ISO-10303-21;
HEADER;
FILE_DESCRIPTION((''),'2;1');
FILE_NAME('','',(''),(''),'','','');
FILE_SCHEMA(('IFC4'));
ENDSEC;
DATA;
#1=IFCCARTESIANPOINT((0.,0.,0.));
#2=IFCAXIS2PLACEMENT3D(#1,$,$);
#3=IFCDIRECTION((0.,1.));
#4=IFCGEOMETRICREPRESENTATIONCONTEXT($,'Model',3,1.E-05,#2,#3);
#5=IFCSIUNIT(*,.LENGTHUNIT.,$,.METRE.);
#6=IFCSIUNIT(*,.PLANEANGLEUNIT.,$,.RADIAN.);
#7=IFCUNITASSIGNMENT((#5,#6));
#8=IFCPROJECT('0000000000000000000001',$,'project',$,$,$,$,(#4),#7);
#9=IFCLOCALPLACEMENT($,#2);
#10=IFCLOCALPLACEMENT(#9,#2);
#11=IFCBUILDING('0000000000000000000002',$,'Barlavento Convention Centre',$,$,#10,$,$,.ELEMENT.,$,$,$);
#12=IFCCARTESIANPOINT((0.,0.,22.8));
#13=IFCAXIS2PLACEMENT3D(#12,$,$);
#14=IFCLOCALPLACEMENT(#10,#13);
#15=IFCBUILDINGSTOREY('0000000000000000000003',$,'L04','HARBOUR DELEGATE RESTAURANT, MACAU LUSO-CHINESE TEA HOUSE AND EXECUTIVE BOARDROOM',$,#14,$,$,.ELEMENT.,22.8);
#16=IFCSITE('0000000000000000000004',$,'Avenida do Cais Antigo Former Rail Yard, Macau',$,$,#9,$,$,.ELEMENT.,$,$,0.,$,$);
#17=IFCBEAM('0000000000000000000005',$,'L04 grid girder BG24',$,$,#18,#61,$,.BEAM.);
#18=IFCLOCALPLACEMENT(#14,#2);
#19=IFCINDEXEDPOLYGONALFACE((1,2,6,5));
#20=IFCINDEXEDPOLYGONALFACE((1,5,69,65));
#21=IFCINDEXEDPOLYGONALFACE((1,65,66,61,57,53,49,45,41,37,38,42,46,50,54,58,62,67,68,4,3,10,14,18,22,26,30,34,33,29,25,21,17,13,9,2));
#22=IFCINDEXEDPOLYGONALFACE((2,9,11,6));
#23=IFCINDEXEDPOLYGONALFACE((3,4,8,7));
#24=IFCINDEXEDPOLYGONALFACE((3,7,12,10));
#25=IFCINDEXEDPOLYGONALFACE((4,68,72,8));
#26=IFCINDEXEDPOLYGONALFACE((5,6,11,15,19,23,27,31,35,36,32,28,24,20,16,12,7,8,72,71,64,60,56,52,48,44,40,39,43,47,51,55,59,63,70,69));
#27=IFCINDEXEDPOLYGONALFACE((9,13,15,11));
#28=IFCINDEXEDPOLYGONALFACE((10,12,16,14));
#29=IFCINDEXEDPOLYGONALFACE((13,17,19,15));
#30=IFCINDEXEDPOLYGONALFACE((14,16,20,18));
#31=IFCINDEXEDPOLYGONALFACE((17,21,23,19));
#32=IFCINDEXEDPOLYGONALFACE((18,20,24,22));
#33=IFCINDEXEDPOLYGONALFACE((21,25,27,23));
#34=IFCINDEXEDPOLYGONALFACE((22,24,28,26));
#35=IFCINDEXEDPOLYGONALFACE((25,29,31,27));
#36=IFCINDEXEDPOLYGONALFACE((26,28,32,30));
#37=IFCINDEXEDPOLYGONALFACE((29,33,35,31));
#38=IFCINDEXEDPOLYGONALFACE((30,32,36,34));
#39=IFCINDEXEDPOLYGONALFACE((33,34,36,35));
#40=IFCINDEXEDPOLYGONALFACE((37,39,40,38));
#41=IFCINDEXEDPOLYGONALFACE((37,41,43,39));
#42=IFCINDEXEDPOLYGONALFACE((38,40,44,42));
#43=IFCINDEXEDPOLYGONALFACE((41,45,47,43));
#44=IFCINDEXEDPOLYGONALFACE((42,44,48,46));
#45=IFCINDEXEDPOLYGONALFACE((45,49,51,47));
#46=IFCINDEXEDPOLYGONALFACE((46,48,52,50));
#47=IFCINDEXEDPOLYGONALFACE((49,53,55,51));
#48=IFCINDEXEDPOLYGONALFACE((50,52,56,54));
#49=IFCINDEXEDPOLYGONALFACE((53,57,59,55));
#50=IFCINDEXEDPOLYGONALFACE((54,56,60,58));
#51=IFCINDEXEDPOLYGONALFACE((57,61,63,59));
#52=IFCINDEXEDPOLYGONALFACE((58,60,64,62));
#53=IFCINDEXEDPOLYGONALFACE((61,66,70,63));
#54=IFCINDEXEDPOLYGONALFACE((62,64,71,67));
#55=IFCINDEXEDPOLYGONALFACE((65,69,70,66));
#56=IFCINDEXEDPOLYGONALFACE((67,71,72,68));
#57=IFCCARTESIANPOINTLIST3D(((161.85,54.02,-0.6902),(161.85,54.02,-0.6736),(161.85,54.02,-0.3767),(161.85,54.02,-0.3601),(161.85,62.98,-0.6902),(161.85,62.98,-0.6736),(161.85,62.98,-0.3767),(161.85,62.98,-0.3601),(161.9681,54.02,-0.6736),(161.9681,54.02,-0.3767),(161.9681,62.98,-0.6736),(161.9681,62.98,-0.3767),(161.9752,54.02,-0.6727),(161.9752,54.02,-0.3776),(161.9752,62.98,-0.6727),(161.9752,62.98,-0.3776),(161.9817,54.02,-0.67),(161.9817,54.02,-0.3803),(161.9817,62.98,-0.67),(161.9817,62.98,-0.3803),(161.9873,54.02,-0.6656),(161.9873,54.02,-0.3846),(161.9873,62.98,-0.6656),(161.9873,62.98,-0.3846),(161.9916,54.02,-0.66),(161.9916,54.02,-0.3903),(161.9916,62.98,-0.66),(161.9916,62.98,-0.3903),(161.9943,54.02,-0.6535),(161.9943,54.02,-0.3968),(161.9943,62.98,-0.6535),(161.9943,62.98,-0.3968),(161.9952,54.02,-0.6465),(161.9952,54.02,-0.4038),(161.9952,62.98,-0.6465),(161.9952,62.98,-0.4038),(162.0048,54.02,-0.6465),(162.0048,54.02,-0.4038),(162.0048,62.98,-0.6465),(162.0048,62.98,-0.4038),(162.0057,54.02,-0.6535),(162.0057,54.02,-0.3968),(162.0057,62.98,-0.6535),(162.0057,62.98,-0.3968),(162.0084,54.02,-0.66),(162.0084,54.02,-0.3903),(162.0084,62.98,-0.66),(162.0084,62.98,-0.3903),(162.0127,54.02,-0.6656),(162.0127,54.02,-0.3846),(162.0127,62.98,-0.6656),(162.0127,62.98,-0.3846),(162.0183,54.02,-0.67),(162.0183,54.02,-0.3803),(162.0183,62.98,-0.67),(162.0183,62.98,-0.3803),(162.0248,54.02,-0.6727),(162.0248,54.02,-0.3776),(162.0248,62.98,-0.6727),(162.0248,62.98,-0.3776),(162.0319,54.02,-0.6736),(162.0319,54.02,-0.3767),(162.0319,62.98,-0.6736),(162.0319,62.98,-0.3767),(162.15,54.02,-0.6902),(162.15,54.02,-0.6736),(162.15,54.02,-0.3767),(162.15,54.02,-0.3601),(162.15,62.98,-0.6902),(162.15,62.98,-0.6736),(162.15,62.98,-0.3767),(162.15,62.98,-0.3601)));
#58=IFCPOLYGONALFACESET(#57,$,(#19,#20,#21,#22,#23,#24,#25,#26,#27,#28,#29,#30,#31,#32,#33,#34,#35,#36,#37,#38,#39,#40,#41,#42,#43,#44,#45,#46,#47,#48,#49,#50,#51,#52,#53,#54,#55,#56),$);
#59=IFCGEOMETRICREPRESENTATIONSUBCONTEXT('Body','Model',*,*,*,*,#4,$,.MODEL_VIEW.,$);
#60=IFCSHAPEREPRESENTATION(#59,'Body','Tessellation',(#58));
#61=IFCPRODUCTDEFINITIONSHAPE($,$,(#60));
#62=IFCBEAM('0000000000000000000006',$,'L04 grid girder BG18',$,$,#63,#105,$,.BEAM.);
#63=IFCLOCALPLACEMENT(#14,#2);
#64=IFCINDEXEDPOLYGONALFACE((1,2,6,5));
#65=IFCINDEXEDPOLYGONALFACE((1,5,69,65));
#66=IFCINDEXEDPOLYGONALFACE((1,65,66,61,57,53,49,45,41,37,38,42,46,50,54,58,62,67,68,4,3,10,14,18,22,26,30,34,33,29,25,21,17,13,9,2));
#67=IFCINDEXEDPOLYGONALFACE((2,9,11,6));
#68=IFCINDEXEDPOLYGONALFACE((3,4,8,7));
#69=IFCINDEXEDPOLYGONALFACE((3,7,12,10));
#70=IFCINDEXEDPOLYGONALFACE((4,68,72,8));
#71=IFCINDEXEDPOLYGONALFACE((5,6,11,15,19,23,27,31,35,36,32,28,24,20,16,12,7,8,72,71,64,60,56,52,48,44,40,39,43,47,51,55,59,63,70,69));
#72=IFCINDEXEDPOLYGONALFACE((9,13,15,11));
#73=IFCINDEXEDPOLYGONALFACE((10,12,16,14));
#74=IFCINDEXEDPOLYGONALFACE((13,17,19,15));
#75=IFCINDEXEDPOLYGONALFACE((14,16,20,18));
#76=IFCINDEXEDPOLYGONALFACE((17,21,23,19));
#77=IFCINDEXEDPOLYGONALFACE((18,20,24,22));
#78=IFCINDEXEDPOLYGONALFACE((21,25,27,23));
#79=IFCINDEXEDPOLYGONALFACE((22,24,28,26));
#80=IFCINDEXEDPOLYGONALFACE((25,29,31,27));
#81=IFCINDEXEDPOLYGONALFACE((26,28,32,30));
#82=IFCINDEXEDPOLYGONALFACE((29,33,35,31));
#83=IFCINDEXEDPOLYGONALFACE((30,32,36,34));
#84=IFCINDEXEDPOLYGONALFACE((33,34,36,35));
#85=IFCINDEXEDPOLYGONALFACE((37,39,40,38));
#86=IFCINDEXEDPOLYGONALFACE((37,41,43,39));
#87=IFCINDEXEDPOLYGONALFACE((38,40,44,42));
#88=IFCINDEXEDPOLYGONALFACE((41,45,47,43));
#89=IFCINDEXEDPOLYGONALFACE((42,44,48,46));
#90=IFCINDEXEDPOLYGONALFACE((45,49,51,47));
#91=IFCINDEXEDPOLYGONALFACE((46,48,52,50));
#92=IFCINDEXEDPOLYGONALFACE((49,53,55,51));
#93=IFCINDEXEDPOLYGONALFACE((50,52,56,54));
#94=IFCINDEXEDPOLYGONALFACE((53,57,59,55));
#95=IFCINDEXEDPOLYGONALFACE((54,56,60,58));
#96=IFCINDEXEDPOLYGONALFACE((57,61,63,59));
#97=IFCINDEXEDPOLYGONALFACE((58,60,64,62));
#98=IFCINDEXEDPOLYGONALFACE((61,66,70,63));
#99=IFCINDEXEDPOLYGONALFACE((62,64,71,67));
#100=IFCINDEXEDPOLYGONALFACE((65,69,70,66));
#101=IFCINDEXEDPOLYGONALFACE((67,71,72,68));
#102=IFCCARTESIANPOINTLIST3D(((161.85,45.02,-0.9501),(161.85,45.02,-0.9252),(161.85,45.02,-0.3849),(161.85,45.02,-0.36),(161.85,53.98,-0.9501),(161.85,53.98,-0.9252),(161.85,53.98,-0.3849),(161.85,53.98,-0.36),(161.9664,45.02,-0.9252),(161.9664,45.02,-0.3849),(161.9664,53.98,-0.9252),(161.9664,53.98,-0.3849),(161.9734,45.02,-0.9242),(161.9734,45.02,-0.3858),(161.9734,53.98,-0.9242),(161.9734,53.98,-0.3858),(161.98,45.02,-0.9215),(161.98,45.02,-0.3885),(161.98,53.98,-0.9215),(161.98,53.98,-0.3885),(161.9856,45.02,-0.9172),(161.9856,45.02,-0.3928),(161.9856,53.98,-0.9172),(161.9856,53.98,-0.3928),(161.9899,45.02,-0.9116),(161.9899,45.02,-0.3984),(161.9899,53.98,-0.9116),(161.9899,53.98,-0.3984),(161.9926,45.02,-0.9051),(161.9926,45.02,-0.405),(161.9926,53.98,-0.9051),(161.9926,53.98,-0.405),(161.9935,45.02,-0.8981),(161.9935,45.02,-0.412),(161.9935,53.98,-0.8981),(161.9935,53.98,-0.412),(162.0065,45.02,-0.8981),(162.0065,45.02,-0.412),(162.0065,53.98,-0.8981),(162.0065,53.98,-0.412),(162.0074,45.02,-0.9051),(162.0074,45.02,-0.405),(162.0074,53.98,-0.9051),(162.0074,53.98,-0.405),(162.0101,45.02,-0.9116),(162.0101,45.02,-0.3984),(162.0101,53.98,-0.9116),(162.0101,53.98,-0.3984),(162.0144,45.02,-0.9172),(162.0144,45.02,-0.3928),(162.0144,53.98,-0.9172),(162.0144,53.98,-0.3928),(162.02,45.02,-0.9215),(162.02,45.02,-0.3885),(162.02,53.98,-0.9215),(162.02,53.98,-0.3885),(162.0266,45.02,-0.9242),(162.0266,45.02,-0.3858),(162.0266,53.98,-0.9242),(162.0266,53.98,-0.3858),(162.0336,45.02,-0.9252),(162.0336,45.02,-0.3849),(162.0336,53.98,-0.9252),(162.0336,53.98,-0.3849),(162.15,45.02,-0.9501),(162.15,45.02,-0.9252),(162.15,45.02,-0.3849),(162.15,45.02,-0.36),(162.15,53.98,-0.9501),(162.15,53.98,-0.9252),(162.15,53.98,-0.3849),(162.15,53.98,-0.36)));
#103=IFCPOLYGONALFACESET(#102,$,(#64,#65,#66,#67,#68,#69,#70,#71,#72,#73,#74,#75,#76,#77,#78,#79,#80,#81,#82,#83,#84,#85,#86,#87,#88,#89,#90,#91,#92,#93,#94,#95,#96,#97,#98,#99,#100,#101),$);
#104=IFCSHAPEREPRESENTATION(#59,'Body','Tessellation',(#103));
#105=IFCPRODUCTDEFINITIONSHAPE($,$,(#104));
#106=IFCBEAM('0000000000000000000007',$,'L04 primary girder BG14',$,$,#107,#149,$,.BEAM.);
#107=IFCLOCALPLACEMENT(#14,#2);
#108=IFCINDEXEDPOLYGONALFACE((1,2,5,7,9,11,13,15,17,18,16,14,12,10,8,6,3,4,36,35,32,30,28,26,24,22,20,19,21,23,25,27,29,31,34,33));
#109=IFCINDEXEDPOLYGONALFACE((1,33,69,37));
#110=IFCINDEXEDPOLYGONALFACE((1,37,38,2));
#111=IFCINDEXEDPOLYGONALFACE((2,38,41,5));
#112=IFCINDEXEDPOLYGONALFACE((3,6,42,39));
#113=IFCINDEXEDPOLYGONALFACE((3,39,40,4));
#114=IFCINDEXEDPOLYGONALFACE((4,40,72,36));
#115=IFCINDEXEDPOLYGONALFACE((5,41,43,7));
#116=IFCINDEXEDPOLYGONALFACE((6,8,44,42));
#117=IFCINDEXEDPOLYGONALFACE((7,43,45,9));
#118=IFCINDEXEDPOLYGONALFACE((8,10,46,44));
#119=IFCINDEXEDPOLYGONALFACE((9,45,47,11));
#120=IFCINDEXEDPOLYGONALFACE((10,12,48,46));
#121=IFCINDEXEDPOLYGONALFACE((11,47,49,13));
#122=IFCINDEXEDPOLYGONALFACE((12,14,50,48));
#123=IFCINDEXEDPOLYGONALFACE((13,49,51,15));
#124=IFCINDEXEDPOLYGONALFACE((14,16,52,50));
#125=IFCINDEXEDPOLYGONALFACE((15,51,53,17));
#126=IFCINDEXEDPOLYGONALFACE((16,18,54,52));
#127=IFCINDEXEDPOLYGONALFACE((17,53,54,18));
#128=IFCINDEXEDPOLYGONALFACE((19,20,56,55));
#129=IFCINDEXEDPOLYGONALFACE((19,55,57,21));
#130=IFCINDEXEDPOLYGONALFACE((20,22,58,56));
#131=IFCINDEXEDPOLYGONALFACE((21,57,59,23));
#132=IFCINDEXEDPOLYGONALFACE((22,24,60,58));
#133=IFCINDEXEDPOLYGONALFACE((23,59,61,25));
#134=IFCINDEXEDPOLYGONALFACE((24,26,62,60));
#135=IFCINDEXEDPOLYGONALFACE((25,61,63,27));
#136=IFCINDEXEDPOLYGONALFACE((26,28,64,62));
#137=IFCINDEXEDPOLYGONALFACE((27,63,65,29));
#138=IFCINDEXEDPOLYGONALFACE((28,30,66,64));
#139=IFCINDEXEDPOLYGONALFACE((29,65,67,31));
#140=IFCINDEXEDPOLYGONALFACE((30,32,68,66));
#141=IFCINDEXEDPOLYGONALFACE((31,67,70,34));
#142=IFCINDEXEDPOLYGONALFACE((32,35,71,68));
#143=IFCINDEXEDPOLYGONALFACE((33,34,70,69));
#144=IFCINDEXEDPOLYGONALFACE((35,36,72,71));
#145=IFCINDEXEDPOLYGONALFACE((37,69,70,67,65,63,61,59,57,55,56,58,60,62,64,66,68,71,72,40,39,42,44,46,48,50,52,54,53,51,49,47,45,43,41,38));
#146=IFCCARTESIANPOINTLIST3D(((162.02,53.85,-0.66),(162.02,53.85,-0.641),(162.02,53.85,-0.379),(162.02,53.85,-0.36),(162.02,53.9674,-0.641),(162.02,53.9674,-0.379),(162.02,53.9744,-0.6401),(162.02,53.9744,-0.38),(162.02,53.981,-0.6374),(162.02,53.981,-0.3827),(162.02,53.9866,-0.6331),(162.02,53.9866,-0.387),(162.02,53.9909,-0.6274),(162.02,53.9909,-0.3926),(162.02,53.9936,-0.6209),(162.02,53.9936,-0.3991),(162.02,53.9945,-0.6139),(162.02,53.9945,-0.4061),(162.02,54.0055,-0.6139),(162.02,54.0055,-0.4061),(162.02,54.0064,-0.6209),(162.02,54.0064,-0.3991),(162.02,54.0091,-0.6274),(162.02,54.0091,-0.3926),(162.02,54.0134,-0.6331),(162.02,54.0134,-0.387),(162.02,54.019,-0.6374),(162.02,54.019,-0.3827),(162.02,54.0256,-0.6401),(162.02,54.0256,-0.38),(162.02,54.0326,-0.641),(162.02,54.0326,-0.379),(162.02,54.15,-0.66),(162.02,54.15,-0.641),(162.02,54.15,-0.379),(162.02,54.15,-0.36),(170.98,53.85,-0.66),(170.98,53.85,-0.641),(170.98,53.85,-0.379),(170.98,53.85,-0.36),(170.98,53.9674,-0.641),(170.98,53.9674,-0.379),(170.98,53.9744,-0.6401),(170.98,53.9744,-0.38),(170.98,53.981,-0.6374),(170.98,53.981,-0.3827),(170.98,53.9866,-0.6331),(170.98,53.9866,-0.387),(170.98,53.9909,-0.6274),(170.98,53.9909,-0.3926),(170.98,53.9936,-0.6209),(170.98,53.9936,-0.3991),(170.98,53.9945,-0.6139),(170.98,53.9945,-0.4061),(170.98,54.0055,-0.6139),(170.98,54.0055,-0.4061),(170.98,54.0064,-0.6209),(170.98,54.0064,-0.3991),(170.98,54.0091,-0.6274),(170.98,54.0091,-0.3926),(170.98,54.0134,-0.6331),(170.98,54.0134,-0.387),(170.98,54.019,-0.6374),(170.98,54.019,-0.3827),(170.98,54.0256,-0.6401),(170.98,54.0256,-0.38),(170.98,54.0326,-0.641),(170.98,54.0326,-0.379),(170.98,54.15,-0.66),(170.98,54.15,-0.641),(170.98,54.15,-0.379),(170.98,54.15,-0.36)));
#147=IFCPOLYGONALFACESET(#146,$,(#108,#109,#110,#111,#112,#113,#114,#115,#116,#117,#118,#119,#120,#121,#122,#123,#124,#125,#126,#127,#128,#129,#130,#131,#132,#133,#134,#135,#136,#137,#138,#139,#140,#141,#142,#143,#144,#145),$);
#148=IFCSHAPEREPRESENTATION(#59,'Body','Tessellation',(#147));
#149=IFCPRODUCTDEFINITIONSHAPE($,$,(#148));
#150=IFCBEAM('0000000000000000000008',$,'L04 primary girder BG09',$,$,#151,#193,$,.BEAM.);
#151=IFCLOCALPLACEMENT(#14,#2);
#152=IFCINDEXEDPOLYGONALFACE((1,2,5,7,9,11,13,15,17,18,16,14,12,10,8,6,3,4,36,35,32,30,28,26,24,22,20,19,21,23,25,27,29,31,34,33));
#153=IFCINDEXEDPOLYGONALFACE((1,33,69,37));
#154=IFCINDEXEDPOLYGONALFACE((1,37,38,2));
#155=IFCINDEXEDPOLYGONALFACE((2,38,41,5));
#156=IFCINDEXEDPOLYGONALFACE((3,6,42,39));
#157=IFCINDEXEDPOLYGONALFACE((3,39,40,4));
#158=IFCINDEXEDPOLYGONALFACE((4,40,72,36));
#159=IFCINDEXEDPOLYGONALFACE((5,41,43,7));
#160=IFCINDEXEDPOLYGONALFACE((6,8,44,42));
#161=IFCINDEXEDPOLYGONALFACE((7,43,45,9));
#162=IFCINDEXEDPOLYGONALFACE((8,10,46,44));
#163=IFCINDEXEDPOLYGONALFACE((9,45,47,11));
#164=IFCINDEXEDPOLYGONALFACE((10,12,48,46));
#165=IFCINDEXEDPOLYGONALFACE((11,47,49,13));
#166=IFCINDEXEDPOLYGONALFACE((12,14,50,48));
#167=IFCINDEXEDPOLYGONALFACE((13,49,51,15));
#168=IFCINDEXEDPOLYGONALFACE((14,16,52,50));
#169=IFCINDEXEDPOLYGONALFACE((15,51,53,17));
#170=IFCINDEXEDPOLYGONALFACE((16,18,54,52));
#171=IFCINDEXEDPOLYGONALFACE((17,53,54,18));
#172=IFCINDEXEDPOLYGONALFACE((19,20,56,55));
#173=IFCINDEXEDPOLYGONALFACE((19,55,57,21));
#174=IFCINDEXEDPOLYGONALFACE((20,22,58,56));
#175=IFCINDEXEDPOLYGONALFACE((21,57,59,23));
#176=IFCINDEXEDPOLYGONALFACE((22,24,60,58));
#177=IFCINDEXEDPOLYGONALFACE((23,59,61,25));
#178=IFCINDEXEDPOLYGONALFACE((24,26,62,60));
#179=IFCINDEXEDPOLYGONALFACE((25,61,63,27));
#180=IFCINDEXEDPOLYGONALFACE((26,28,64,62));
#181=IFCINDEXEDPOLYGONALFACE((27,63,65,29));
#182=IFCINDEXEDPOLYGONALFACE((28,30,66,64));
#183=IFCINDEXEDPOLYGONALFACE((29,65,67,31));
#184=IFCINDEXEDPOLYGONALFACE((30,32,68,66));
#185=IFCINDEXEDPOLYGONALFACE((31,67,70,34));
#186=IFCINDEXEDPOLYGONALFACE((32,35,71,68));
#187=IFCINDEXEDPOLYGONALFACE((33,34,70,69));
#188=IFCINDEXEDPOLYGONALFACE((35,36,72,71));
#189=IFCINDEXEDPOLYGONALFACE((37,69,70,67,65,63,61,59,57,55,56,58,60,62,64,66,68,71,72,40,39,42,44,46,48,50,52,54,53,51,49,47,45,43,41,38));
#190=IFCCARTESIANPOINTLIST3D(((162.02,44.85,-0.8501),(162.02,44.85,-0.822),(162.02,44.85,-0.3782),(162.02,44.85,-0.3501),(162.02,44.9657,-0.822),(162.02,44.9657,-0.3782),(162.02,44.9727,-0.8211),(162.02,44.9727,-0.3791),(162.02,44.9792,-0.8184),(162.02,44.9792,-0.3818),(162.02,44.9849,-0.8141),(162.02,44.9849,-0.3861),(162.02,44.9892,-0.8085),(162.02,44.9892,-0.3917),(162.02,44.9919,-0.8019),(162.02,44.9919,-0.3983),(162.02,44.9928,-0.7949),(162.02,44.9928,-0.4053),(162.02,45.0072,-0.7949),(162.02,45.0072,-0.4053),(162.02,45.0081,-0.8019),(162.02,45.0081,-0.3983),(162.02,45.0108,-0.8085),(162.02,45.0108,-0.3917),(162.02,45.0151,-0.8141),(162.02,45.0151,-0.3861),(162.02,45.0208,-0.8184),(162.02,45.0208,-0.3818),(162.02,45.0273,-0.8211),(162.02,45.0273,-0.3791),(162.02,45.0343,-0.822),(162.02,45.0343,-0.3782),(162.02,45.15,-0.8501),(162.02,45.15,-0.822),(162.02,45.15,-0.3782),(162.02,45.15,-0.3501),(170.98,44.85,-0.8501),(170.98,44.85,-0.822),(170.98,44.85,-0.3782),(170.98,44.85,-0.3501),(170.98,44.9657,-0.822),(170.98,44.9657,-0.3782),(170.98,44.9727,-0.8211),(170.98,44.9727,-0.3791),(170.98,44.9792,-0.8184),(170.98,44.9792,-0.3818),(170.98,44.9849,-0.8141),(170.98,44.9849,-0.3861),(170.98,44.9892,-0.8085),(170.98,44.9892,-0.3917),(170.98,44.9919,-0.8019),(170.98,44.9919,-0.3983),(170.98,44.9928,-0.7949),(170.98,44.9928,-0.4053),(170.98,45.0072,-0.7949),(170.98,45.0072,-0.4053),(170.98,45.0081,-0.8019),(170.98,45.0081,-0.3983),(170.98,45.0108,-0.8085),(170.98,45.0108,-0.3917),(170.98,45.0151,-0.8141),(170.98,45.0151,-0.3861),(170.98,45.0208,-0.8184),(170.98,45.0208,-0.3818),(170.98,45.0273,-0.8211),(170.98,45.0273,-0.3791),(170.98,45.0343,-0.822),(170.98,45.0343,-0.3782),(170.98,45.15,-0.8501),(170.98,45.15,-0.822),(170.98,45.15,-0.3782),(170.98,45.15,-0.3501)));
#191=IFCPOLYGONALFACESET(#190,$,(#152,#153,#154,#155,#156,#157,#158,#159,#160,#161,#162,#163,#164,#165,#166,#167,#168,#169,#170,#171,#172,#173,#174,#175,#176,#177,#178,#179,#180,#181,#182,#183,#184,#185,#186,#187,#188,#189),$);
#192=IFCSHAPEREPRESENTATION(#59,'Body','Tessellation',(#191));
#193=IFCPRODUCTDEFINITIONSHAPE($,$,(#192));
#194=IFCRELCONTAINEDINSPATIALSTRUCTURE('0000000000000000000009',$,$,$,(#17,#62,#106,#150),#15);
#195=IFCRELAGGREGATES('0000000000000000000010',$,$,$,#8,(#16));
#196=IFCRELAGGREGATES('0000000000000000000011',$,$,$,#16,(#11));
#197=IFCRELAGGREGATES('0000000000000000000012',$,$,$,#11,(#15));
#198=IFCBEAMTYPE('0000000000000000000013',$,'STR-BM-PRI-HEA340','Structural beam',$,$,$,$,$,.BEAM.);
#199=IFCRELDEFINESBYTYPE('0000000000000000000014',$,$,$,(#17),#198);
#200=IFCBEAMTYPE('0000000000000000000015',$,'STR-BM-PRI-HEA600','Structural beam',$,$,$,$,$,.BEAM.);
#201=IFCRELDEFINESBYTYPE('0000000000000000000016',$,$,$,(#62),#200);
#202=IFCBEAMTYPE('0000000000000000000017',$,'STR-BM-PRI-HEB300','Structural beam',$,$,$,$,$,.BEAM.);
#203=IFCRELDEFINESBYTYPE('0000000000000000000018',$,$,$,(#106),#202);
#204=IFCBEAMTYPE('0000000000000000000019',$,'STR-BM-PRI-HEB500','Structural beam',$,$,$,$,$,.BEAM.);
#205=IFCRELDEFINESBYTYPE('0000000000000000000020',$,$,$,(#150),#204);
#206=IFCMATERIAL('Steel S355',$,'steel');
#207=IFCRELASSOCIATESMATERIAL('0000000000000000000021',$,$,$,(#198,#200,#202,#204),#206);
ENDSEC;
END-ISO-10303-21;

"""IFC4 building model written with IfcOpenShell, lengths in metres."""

from ifc_helpers import new_model, si_unit, direction, frame, origin, origin_2d, place, context, subcontext, project, spatial, i_section, extrude, material, material_profile, profile_set, type_object, element, save


model = new_model("IFC4")

# Units and contexts
model_context = context("Model", 3, precision=1e-05, world=origin(), true_north=direction((0.0, 1.0)))
body_context = subcontext(model_context, "Body", "Model", "MODEL_VIEW")
ifc_project = project(units=[si_unit("LENGTHUNIT", "METRE"), si_unit("PLANEANGLEUNIT", "RADIAN")], contexts=[model_context])

# Site, building, storey
site_placement = place(None, origin())
site = spatial("IfcSite", under=ifc_project, at=site_placement, Name="Avenida do Cais Antigo Former Rail Yard, Macau", CompositionType="ELEMENT", RefElevation=0.0)
building_placement = place(site_placement, origin())
building = spatial("IfcBuilding", under=site, at=building_placement, Name="Barlavento Convention Centre", CompositionType="ELEMENT")
storey_placement = place(building_placement, frame((0.0, 0.0, 22.8)))
storey = spatial("IfcBuildingStorey", under=building, at=storey_placement, Name="L04", Description="HARBOUR DELEGATE RESTAURANT, MACAU LUSO-CHINESE TEA HOUSE AND EXECUTIVE BOARDROOM", CompositionType="ELEMENT", Elevation=22.8)

# Shared definitions
ifc_material_1 = material(Name="Steel S355", Category="steel")

# Beams
ifc_material_profile_1 = material_profile(ifc_material_1, i_section(OverallWidth=0.3, OverallDepth=0.3301, WebThickness=0.0095, FlangeThickness=0.0166, FilletRadius=0.0271, at=origin_2d()), Name="HEA 340")
ifc_profile_set_1 = profile_set([ifc_material_profile_1], Name="Steel S355")
beam_type_1 = type_object("IfcBeamType", Name="STR-BM-PRI-HEA340", Description="Structural beam", PredefinedType="BEAM", material=ifc_profile_set_1)
beam_1_placement = place(storey_placement, frame((162.0, 54.02, -0.5251), z_axis=(0.0, 1.0, 0.0), x_axis=(-1.0, 0.0, 0.0)))
element("IfcBeam", 1, at=beam_1_placement, inside=storey, type_object=beam_type_1, Name="L04 grid girder BG24", PredefinedType="BEAM", context=body_context, shape_type="SweptSolid", body=[
    extrude(i_section(OverallWidth=0.3, OverallDepth=0.3301, WebThickness=0.0095, FlangeThickness=0.0166, FilletRadius=0.0271, at=origin_2d()), origin(), (0.0, 0.0, 1.0), 8.96),
])
ifc_material_profile_2 = material_profile(ifc_material_1, i_section(OverallWidth=0.3, OverallDepth=0.5901, WebThickness=0.0129, FlangeThickness=0.0249, FilletRadius=0.0271, at=origin_2d()), Name="HEA 600")
ifc_profile_set_2 = profile_set([ifc_material_profile_2], Name="Steel S355")
beam_type_2 = type_object("IfcBeamType", Name="STR-BM-PRI-HEA600", Description="Structural beam", PredefinedType="BEAM", material=ifc_profile_set_2)
beam_2_placement = place(storey_placement, frame((162.0, 45.02, -0.655), z_axis=(0.0, 1.0, 0.0), x_axis=(-1.0, 0.0, 0.0)))
element("IfcBeam", 2, at=beam_2_placement, inside=storey, type_object=beam_type_2, Name="L04 grid girder BG18", PredefinedType="BEAM", context=body_context, shape_type="SweptSolid", body=[
    extrude(i_section(OverallWidth=0.3, OverallDepth=0.5901, WebThickness=0.0129, FlangeThickness=0.0249, FilletRadius=0.0271, at=origin_2d()), origin(), (0.0, 0.0, 1.0), 8.96),
])
ifc_material_profile_3 = material_profile(ifc_material_1, i_section(OverallWidth=0.3, OverallDepth=0.3, WebThickness=0.011, FlangeThickness=0.019, FilletRadius=0.0271, at=origin_2d()), Name="HEB 300")
ifc_profile_set_3 = profile_set([ifc_material_profile_3], Name="Steel S355")
beam_type_3 = type_object("IfcBeamType", Name="STR-BM-PRI-HEB300", Description="Structural beam", PredefinedType="BEAM", material=ifc_profile_set_3)
beam_3_placement = place(storey_placement, frame((162.02, 54.0, -0.51), z_axis=(1.0, 0.0, 0.0), x_axis=(0.0, 1.0, 0.0)))
element("IfcBeam", 3, at=beam_3_placement, inside=storey, type_object=beam_type_3, Name="L04 primary girder BG14", PredefinedType="BEAM", context=body_context, shape_type="SweptSolid", body=[
    extrude(i_section(OverallWidth=0.3, OverallDepth=0.3, WebThickness=0.011, FlangeThickness=0.019, FilletRadius=0.0271, at=origin_2d()), origin(), (0.0, 0.0, 1.0), 8.96),
])
ifc_material_profile_4 = material_profile(ifc_material_1, i_section(OverallWidth=0.3, OverallDepth=0.5, WebThickness=0.0144, FlangeThickness=0.0281, FilletRadius=0.0271, at=origin_2d()), Name="HEB 500")
ifc_profile_set_4 = profile_set([ifc_material_profile_4], Name="Steel S355")
beam_type_4 = type_object("IfcBeamType", Name="STR-BM-PRI-HEB500", Description="Structural beam", PredefinedType="BEAM", material=ifc_profile_set_4)
beam_4_placement = place(storey_placement, frame((162.02, 45.0, -0.6001), z_axis=(1.0, 0.0, 0.0), x_axis=(0.0, 1.0, 0.0)))
element("IfcBeam", 4, at=beam_4_placement, inside=storey, type_object=beam_type_4, Name="L04 primary girder BG09", PredefinedType="BEAM", context=body_context, shape_type="SweptSolid", body=[
    extrude(i_section(OverallWidth=0.3, OverallDepth=0.5, WebThickness=0.0144, FlangeThickness=0.0281, FilletRadius=0.0271, at=origin_2d()), origin(), (0.0, 0.0, 1.0), 8.96),
])

save(model, "model.ifc")
